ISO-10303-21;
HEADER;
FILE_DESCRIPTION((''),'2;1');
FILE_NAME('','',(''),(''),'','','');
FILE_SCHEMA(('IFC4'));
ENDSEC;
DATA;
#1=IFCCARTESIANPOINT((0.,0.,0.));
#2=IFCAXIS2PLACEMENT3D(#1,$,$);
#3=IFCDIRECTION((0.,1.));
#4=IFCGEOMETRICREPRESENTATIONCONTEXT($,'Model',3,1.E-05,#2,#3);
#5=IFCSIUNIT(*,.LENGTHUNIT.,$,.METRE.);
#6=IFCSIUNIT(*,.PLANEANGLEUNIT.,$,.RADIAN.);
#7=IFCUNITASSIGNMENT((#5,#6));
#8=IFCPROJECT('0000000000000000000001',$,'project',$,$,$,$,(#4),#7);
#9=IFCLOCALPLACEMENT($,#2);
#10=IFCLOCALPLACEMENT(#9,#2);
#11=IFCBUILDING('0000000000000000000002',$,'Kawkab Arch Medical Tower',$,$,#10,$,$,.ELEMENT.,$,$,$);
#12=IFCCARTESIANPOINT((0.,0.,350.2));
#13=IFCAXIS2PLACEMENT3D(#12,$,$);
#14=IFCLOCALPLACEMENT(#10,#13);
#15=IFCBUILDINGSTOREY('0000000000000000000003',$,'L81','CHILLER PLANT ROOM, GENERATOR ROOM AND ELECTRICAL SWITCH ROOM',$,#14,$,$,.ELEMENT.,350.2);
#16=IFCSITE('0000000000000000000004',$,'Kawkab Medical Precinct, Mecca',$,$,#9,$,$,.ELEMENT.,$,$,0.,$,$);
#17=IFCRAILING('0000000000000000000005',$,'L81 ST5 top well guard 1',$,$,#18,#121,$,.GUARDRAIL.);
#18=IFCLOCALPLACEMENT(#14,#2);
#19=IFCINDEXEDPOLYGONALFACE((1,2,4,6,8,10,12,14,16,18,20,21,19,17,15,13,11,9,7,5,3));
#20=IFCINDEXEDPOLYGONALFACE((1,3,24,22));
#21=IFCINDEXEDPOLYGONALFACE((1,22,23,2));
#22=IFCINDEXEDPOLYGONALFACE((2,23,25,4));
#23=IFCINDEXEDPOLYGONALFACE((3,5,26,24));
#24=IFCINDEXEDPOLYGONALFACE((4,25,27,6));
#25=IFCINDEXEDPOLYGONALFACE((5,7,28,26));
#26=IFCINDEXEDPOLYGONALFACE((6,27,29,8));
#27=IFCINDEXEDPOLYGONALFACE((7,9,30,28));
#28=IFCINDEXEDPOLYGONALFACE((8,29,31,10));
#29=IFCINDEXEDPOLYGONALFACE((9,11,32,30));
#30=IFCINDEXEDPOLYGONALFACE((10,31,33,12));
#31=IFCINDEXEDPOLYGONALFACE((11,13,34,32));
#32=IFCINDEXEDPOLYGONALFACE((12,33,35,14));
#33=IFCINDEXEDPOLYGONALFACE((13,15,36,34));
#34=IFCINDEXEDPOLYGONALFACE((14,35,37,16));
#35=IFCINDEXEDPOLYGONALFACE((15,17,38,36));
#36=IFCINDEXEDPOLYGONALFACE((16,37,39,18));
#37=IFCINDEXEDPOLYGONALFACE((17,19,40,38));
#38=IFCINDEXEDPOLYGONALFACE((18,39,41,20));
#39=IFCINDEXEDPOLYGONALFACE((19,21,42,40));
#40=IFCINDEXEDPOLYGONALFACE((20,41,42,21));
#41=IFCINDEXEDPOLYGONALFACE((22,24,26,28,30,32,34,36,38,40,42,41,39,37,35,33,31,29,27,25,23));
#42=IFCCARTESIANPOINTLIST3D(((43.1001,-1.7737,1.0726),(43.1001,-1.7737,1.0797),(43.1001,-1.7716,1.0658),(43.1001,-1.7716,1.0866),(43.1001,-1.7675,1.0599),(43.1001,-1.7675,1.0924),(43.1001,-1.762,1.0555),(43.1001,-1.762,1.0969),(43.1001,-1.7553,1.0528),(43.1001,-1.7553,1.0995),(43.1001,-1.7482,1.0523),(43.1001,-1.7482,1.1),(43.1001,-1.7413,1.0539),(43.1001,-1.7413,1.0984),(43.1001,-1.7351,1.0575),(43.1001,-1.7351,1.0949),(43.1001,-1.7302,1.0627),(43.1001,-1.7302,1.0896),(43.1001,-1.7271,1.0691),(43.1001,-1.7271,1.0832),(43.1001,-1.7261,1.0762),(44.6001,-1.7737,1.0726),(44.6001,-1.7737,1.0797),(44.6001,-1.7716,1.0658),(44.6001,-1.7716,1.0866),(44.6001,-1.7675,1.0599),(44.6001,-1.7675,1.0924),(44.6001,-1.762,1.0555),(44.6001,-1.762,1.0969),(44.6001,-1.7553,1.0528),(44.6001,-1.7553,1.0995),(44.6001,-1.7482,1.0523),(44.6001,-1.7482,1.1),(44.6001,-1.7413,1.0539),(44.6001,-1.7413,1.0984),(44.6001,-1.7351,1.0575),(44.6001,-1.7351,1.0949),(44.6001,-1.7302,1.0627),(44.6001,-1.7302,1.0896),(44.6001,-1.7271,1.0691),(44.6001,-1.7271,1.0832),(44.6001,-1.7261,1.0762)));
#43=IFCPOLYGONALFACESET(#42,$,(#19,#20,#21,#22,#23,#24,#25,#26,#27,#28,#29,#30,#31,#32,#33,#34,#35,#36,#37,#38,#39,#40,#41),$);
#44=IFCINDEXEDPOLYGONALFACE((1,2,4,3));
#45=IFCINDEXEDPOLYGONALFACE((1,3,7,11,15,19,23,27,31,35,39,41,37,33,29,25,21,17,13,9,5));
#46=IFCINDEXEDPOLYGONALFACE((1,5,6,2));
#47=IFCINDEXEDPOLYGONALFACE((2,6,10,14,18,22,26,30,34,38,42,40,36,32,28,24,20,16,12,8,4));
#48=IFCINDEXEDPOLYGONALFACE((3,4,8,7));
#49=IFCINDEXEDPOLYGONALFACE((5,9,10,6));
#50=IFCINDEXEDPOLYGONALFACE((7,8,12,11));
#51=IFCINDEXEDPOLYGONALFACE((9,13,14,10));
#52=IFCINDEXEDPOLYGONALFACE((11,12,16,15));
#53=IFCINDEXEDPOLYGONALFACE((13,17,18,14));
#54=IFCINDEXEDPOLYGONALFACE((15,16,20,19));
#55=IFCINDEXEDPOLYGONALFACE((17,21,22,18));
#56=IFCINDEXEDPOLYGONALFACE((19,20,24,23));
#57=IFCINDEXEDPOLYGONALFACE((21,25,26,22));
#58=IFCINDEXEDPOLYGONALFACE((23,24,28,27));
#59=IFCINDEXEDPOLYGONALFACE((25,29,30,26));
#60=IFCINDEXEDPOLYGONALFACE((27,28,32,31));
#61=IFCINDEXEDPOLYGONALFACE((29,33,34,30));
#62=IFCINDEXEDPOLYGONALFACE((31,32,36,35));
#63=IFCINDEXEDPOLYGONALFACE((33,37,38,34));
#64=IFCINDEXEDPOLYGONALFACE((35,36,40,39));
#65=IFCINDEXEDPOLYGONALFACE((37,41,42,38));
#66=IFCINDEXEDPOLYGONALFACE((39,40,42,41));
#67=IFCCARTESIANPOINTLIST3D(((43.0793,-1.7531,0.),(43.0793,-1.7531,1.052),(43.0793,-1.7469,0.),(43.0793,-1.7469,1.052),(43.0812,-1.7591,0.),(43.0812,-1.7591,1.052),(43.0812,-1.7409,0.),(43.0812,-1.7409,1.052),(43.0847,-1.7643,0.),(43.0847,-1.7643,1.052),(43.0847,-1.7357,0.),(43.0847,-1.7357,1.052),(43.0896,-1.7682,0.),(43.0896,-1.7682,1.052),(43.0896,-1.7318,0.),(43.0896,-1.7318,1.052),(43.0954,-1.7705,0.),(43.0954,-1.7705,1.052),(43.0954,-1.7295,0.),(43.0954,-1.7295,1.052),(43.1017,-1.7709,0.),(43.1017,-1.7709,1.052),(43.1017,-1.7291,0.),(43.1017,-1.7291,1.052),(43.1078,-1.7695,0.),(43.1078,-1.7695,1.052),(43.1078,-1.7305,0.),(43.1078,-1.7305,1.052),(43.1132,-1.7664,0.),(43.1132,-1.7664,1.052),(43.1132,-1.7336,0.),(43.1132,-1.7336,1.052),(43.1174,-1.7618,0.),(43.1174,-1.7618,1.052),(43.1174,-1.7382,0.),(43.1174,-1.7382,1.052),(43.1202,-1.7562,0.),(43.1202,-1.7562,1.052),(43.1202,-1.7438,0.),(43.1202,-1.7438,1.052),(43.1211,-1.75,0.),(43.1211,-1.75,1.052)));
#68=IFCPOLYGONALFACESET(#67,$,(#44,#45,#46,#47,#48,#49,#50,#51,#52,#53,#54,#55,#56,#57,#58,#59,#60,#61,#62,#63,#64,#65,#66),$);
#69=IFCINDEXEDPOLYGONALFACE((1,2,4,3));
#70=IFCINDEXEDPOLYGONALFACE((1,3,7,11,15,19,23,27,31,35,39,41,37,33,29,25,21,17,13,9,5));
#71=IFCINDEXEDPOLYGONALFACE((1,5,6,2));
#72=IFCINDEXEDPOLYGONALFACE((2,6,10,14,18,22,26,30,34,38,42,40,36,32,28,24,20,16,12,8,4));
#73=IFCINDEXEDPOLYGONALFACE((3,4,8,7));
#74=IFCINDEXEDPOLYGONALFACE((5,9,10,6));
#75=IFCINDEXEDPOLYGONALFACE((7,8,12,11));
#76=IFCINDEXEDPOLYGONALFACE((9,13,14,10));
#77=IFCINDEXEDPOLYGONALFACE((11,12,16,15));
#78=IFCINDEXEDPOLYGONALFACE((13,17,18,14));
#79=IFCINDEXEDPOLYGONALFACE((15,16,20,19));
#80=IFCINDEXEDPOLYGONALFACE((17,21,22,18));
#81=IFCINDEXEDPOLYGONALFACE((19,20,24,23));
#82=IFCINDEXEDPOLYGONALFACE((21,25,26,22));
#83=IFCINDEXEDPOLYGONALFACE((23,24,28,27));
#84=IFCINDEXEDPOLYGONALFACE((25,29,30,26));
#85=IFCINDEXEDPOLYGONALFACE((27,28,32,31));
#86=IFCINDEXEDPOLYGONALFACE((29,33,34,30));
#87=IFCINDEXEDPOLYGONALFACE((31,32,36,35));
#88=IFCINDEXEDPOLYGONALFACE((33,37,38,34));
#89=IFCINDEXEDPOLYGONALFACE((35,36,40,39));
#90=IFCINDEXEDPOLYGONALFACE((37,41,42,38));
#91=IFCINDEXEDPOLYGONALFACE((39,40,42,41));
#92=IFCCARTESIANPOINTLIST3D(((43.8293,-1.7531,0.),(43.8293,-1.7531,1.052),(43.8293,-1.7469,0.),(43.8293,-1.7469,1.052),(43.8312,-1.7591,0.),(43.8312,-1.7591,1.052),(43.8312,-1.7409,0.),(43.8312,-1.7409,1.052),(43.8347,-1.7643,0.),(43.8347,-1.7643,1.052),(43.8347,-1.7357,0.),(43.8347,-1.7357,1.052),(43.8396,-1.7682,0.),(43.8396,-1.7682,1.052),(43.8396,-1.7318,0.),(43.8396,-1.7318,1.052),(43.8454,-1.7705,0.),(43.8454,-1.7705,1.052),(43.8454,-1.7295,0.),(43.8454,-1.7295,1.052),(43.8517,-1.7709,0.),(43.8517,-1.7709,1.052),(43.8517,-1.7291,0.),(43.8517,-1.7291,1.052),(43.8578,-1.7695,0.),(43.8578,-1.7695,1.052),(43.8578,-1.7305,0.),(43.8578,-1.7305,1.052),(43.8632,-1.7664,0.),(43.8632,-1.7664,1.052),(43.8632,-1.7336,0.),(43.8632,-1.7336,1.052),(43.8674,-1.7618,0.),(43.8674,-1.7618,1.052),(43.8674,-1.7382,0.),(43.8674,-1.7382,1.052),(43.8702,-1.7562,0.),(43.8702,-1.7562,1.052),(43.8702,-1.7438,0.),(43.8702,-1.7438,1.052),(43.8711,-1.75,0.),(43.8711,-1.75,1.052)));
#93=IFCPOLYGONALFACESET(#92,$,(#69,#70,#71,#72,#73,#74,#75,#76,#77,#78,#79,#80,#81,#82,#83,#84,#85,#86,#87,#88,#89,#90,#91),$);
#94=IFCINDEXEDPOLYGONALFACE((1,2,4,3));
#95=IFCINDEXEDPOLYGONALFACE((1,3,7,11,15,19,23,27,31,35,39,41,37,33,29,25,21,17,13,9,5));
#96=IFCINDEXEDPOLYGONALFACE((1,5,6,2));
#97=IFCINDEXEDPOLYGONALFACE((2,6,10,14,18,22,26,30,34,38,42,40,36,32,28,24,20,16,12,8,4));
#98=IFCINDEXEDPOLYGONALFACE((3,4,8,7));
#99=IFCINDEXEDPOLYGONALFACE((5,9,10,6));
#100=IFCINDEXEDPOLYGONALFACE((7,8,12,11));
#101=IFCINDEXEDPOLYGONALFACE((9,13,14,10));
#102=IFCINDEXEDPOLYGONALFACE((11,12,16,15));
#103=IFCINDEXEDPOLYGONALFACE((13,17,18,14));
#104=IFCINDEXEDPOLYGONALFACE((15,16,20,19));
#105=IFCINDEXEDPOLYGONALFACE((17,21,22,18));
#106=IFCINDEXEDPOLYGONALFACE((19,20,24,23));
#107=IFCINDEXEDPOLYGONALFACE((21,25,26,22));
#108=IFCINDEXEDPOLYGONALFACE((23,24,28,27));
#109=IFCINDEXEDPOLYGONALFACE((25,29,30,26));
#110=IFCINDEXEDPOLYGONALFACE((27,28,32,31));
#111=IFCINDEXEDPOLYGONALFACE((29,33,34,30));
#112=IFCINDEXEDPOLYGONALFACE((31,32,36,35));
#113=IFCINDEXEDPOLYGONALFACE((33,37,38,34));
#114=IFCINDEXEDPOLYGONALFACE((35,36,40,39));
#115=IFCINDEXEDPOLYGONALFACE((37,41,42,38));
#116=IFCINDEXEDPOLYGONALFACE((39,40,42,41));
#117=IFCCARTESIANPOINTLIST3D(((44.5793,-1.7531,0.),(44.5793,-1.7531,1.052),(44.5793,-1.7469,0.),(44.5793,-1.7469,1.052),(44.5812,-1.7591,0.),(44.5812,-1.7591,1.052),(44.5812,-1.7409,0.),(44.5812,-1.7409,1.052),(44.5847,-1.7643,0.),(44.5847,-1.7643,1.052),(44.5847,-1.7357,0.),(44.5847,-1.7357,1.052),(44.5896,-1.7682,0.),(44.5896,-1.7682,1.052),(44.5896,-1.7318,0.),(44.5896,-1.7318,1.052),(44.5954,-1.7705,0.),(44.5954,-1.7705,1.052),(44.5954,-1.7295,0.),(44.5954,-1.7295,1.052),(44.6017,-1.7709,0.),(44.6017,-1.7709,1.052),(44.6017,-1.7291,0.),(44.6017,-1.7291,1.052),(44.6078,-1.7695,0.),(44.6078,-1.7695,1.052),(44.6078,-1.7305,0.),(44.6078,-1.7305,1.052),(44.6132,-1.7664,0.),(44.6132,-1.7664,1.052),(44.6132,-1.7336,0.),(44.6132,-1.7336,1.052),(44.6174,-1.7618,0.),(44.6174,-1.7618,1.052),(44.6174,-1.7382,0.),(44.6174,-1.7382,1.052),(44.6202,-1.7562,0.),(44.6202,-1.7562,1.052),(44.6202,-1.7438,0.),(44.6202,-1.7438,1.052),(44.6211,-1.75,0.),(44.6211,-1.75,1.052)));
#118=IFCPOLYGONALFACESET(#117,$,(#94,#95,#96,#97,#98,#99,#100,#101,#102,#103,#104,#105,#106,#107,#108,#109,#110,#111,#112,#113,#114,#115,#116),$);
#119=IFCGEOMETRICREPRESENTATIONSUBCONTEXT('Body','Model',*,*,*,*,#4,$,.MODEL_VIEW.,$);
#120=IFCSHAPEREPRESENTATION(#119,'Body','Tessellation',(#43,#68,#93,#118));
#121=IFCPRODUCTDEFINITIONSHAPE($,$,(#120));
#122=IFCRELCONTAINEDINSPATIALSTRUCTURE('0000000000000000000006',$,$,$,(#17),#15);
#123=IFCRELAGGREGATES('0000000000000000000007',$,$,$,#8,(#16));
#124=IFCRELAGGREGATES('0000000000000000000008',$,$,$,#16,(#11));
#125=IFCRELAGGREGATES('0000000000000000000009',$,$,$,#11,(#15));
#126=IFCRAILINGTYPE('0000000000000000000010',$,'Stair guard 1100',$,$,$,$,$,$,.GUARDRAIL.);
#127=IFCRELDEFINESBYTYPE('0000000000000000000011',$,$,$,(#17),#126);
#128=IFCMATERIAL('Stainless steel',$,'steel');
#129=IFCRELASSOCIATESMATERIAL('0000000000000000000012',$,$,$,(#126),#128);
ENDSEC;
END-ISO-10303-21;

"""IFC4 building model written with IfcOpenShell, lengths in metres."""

from ifc_helpers import new_model, si_unit, direction, frame, origin, origin_2d, place, context, subcontext, project, spatial, circle, extrude, material, type_object, element, save


model = new_model("IFC4")

# Units and contexts
model_context = context("Model", 3, precision=1e-05, world=origin(), true_north=direction((0.0, 1.0)))
body_context = subcontext(model_context, "Body", "Model", "MODEL_VIEW")
ifc_project = project(units=[si_unit("LENGTHUNIT", "METRE"), si_unit("PLANEANGLEUNIT", "RADIAN")], contexts=[model_context])

# Site, building, storey
site_placement = place(None, origin())
site = spatial("IfcSite", under=ifc_project, at=site_placement, Name="Kawkab Medical Precinct, Mecca", CompositionType="ELEMENT", RefElevation=0.0)
building_placement = place(site_placement, origin())
building = spatial("IfcBuilding", under=site, at=building_placement, Name="Kawkab Arch Medical Tower", CompositionType="ELEMENT")
storey_placement = place(building_placement, frame((0.0, 0.0, 350.2)))
storey = spatial("IfcBuildingStorey", under=building, at=storey_placement, Name="L81", Description="CHILLER PLANT ROOM, GENERATOR ROOM AND ELECTRICAL SWITCH ROOM", CompositionType="ELEMENT", Elevation=350.2)

# Railing
ifc_material_1 = material(Name="Stainless steel", Category="steel")
railing_type = type_object("IfcRailingType", Name="Stair guard 1100", PredefinedType="GUARDRAIL", material=ifc_material_1)
railing_placement = place(storey_placement, frame((43.1001, -1.75, 0.0)))
element("IfcRailing", 1, at=railing_placement, inside=storey, type_object=railing_type, Name="L81 ST5 top well guard 1", PredefinedType="GUARDRAIL", context=body_context, shape_type="SweptSolid", body=[
    extrude(circle(Radius=0.0239, at=origin_2d()), frame((0.0, 0.0, 1.0762), z_axis=(1.0, 0.0, 0.0), x_axis=(0.0, 1.0, 0.0)), (0.0, 0.0, 1.0), 1.5),
    extrude(circle(Radius=0.021, at=origin_2d()), origin(), (0.0, 0.0, 1.0), 1.052),
    extrude(circle(Radius=0.021, at=origin_2d()), frame((0.75, 0.0, 0.0)), (0.0, 0.0, 1.0), 1.052),
    extrude(circle(Radius=0.021, at=origin_2d()), frame((1.5, 0.0, 0.0)), (0.0, 0.0, 1.0), 1.052),
])

save(model, "model.ifc")
